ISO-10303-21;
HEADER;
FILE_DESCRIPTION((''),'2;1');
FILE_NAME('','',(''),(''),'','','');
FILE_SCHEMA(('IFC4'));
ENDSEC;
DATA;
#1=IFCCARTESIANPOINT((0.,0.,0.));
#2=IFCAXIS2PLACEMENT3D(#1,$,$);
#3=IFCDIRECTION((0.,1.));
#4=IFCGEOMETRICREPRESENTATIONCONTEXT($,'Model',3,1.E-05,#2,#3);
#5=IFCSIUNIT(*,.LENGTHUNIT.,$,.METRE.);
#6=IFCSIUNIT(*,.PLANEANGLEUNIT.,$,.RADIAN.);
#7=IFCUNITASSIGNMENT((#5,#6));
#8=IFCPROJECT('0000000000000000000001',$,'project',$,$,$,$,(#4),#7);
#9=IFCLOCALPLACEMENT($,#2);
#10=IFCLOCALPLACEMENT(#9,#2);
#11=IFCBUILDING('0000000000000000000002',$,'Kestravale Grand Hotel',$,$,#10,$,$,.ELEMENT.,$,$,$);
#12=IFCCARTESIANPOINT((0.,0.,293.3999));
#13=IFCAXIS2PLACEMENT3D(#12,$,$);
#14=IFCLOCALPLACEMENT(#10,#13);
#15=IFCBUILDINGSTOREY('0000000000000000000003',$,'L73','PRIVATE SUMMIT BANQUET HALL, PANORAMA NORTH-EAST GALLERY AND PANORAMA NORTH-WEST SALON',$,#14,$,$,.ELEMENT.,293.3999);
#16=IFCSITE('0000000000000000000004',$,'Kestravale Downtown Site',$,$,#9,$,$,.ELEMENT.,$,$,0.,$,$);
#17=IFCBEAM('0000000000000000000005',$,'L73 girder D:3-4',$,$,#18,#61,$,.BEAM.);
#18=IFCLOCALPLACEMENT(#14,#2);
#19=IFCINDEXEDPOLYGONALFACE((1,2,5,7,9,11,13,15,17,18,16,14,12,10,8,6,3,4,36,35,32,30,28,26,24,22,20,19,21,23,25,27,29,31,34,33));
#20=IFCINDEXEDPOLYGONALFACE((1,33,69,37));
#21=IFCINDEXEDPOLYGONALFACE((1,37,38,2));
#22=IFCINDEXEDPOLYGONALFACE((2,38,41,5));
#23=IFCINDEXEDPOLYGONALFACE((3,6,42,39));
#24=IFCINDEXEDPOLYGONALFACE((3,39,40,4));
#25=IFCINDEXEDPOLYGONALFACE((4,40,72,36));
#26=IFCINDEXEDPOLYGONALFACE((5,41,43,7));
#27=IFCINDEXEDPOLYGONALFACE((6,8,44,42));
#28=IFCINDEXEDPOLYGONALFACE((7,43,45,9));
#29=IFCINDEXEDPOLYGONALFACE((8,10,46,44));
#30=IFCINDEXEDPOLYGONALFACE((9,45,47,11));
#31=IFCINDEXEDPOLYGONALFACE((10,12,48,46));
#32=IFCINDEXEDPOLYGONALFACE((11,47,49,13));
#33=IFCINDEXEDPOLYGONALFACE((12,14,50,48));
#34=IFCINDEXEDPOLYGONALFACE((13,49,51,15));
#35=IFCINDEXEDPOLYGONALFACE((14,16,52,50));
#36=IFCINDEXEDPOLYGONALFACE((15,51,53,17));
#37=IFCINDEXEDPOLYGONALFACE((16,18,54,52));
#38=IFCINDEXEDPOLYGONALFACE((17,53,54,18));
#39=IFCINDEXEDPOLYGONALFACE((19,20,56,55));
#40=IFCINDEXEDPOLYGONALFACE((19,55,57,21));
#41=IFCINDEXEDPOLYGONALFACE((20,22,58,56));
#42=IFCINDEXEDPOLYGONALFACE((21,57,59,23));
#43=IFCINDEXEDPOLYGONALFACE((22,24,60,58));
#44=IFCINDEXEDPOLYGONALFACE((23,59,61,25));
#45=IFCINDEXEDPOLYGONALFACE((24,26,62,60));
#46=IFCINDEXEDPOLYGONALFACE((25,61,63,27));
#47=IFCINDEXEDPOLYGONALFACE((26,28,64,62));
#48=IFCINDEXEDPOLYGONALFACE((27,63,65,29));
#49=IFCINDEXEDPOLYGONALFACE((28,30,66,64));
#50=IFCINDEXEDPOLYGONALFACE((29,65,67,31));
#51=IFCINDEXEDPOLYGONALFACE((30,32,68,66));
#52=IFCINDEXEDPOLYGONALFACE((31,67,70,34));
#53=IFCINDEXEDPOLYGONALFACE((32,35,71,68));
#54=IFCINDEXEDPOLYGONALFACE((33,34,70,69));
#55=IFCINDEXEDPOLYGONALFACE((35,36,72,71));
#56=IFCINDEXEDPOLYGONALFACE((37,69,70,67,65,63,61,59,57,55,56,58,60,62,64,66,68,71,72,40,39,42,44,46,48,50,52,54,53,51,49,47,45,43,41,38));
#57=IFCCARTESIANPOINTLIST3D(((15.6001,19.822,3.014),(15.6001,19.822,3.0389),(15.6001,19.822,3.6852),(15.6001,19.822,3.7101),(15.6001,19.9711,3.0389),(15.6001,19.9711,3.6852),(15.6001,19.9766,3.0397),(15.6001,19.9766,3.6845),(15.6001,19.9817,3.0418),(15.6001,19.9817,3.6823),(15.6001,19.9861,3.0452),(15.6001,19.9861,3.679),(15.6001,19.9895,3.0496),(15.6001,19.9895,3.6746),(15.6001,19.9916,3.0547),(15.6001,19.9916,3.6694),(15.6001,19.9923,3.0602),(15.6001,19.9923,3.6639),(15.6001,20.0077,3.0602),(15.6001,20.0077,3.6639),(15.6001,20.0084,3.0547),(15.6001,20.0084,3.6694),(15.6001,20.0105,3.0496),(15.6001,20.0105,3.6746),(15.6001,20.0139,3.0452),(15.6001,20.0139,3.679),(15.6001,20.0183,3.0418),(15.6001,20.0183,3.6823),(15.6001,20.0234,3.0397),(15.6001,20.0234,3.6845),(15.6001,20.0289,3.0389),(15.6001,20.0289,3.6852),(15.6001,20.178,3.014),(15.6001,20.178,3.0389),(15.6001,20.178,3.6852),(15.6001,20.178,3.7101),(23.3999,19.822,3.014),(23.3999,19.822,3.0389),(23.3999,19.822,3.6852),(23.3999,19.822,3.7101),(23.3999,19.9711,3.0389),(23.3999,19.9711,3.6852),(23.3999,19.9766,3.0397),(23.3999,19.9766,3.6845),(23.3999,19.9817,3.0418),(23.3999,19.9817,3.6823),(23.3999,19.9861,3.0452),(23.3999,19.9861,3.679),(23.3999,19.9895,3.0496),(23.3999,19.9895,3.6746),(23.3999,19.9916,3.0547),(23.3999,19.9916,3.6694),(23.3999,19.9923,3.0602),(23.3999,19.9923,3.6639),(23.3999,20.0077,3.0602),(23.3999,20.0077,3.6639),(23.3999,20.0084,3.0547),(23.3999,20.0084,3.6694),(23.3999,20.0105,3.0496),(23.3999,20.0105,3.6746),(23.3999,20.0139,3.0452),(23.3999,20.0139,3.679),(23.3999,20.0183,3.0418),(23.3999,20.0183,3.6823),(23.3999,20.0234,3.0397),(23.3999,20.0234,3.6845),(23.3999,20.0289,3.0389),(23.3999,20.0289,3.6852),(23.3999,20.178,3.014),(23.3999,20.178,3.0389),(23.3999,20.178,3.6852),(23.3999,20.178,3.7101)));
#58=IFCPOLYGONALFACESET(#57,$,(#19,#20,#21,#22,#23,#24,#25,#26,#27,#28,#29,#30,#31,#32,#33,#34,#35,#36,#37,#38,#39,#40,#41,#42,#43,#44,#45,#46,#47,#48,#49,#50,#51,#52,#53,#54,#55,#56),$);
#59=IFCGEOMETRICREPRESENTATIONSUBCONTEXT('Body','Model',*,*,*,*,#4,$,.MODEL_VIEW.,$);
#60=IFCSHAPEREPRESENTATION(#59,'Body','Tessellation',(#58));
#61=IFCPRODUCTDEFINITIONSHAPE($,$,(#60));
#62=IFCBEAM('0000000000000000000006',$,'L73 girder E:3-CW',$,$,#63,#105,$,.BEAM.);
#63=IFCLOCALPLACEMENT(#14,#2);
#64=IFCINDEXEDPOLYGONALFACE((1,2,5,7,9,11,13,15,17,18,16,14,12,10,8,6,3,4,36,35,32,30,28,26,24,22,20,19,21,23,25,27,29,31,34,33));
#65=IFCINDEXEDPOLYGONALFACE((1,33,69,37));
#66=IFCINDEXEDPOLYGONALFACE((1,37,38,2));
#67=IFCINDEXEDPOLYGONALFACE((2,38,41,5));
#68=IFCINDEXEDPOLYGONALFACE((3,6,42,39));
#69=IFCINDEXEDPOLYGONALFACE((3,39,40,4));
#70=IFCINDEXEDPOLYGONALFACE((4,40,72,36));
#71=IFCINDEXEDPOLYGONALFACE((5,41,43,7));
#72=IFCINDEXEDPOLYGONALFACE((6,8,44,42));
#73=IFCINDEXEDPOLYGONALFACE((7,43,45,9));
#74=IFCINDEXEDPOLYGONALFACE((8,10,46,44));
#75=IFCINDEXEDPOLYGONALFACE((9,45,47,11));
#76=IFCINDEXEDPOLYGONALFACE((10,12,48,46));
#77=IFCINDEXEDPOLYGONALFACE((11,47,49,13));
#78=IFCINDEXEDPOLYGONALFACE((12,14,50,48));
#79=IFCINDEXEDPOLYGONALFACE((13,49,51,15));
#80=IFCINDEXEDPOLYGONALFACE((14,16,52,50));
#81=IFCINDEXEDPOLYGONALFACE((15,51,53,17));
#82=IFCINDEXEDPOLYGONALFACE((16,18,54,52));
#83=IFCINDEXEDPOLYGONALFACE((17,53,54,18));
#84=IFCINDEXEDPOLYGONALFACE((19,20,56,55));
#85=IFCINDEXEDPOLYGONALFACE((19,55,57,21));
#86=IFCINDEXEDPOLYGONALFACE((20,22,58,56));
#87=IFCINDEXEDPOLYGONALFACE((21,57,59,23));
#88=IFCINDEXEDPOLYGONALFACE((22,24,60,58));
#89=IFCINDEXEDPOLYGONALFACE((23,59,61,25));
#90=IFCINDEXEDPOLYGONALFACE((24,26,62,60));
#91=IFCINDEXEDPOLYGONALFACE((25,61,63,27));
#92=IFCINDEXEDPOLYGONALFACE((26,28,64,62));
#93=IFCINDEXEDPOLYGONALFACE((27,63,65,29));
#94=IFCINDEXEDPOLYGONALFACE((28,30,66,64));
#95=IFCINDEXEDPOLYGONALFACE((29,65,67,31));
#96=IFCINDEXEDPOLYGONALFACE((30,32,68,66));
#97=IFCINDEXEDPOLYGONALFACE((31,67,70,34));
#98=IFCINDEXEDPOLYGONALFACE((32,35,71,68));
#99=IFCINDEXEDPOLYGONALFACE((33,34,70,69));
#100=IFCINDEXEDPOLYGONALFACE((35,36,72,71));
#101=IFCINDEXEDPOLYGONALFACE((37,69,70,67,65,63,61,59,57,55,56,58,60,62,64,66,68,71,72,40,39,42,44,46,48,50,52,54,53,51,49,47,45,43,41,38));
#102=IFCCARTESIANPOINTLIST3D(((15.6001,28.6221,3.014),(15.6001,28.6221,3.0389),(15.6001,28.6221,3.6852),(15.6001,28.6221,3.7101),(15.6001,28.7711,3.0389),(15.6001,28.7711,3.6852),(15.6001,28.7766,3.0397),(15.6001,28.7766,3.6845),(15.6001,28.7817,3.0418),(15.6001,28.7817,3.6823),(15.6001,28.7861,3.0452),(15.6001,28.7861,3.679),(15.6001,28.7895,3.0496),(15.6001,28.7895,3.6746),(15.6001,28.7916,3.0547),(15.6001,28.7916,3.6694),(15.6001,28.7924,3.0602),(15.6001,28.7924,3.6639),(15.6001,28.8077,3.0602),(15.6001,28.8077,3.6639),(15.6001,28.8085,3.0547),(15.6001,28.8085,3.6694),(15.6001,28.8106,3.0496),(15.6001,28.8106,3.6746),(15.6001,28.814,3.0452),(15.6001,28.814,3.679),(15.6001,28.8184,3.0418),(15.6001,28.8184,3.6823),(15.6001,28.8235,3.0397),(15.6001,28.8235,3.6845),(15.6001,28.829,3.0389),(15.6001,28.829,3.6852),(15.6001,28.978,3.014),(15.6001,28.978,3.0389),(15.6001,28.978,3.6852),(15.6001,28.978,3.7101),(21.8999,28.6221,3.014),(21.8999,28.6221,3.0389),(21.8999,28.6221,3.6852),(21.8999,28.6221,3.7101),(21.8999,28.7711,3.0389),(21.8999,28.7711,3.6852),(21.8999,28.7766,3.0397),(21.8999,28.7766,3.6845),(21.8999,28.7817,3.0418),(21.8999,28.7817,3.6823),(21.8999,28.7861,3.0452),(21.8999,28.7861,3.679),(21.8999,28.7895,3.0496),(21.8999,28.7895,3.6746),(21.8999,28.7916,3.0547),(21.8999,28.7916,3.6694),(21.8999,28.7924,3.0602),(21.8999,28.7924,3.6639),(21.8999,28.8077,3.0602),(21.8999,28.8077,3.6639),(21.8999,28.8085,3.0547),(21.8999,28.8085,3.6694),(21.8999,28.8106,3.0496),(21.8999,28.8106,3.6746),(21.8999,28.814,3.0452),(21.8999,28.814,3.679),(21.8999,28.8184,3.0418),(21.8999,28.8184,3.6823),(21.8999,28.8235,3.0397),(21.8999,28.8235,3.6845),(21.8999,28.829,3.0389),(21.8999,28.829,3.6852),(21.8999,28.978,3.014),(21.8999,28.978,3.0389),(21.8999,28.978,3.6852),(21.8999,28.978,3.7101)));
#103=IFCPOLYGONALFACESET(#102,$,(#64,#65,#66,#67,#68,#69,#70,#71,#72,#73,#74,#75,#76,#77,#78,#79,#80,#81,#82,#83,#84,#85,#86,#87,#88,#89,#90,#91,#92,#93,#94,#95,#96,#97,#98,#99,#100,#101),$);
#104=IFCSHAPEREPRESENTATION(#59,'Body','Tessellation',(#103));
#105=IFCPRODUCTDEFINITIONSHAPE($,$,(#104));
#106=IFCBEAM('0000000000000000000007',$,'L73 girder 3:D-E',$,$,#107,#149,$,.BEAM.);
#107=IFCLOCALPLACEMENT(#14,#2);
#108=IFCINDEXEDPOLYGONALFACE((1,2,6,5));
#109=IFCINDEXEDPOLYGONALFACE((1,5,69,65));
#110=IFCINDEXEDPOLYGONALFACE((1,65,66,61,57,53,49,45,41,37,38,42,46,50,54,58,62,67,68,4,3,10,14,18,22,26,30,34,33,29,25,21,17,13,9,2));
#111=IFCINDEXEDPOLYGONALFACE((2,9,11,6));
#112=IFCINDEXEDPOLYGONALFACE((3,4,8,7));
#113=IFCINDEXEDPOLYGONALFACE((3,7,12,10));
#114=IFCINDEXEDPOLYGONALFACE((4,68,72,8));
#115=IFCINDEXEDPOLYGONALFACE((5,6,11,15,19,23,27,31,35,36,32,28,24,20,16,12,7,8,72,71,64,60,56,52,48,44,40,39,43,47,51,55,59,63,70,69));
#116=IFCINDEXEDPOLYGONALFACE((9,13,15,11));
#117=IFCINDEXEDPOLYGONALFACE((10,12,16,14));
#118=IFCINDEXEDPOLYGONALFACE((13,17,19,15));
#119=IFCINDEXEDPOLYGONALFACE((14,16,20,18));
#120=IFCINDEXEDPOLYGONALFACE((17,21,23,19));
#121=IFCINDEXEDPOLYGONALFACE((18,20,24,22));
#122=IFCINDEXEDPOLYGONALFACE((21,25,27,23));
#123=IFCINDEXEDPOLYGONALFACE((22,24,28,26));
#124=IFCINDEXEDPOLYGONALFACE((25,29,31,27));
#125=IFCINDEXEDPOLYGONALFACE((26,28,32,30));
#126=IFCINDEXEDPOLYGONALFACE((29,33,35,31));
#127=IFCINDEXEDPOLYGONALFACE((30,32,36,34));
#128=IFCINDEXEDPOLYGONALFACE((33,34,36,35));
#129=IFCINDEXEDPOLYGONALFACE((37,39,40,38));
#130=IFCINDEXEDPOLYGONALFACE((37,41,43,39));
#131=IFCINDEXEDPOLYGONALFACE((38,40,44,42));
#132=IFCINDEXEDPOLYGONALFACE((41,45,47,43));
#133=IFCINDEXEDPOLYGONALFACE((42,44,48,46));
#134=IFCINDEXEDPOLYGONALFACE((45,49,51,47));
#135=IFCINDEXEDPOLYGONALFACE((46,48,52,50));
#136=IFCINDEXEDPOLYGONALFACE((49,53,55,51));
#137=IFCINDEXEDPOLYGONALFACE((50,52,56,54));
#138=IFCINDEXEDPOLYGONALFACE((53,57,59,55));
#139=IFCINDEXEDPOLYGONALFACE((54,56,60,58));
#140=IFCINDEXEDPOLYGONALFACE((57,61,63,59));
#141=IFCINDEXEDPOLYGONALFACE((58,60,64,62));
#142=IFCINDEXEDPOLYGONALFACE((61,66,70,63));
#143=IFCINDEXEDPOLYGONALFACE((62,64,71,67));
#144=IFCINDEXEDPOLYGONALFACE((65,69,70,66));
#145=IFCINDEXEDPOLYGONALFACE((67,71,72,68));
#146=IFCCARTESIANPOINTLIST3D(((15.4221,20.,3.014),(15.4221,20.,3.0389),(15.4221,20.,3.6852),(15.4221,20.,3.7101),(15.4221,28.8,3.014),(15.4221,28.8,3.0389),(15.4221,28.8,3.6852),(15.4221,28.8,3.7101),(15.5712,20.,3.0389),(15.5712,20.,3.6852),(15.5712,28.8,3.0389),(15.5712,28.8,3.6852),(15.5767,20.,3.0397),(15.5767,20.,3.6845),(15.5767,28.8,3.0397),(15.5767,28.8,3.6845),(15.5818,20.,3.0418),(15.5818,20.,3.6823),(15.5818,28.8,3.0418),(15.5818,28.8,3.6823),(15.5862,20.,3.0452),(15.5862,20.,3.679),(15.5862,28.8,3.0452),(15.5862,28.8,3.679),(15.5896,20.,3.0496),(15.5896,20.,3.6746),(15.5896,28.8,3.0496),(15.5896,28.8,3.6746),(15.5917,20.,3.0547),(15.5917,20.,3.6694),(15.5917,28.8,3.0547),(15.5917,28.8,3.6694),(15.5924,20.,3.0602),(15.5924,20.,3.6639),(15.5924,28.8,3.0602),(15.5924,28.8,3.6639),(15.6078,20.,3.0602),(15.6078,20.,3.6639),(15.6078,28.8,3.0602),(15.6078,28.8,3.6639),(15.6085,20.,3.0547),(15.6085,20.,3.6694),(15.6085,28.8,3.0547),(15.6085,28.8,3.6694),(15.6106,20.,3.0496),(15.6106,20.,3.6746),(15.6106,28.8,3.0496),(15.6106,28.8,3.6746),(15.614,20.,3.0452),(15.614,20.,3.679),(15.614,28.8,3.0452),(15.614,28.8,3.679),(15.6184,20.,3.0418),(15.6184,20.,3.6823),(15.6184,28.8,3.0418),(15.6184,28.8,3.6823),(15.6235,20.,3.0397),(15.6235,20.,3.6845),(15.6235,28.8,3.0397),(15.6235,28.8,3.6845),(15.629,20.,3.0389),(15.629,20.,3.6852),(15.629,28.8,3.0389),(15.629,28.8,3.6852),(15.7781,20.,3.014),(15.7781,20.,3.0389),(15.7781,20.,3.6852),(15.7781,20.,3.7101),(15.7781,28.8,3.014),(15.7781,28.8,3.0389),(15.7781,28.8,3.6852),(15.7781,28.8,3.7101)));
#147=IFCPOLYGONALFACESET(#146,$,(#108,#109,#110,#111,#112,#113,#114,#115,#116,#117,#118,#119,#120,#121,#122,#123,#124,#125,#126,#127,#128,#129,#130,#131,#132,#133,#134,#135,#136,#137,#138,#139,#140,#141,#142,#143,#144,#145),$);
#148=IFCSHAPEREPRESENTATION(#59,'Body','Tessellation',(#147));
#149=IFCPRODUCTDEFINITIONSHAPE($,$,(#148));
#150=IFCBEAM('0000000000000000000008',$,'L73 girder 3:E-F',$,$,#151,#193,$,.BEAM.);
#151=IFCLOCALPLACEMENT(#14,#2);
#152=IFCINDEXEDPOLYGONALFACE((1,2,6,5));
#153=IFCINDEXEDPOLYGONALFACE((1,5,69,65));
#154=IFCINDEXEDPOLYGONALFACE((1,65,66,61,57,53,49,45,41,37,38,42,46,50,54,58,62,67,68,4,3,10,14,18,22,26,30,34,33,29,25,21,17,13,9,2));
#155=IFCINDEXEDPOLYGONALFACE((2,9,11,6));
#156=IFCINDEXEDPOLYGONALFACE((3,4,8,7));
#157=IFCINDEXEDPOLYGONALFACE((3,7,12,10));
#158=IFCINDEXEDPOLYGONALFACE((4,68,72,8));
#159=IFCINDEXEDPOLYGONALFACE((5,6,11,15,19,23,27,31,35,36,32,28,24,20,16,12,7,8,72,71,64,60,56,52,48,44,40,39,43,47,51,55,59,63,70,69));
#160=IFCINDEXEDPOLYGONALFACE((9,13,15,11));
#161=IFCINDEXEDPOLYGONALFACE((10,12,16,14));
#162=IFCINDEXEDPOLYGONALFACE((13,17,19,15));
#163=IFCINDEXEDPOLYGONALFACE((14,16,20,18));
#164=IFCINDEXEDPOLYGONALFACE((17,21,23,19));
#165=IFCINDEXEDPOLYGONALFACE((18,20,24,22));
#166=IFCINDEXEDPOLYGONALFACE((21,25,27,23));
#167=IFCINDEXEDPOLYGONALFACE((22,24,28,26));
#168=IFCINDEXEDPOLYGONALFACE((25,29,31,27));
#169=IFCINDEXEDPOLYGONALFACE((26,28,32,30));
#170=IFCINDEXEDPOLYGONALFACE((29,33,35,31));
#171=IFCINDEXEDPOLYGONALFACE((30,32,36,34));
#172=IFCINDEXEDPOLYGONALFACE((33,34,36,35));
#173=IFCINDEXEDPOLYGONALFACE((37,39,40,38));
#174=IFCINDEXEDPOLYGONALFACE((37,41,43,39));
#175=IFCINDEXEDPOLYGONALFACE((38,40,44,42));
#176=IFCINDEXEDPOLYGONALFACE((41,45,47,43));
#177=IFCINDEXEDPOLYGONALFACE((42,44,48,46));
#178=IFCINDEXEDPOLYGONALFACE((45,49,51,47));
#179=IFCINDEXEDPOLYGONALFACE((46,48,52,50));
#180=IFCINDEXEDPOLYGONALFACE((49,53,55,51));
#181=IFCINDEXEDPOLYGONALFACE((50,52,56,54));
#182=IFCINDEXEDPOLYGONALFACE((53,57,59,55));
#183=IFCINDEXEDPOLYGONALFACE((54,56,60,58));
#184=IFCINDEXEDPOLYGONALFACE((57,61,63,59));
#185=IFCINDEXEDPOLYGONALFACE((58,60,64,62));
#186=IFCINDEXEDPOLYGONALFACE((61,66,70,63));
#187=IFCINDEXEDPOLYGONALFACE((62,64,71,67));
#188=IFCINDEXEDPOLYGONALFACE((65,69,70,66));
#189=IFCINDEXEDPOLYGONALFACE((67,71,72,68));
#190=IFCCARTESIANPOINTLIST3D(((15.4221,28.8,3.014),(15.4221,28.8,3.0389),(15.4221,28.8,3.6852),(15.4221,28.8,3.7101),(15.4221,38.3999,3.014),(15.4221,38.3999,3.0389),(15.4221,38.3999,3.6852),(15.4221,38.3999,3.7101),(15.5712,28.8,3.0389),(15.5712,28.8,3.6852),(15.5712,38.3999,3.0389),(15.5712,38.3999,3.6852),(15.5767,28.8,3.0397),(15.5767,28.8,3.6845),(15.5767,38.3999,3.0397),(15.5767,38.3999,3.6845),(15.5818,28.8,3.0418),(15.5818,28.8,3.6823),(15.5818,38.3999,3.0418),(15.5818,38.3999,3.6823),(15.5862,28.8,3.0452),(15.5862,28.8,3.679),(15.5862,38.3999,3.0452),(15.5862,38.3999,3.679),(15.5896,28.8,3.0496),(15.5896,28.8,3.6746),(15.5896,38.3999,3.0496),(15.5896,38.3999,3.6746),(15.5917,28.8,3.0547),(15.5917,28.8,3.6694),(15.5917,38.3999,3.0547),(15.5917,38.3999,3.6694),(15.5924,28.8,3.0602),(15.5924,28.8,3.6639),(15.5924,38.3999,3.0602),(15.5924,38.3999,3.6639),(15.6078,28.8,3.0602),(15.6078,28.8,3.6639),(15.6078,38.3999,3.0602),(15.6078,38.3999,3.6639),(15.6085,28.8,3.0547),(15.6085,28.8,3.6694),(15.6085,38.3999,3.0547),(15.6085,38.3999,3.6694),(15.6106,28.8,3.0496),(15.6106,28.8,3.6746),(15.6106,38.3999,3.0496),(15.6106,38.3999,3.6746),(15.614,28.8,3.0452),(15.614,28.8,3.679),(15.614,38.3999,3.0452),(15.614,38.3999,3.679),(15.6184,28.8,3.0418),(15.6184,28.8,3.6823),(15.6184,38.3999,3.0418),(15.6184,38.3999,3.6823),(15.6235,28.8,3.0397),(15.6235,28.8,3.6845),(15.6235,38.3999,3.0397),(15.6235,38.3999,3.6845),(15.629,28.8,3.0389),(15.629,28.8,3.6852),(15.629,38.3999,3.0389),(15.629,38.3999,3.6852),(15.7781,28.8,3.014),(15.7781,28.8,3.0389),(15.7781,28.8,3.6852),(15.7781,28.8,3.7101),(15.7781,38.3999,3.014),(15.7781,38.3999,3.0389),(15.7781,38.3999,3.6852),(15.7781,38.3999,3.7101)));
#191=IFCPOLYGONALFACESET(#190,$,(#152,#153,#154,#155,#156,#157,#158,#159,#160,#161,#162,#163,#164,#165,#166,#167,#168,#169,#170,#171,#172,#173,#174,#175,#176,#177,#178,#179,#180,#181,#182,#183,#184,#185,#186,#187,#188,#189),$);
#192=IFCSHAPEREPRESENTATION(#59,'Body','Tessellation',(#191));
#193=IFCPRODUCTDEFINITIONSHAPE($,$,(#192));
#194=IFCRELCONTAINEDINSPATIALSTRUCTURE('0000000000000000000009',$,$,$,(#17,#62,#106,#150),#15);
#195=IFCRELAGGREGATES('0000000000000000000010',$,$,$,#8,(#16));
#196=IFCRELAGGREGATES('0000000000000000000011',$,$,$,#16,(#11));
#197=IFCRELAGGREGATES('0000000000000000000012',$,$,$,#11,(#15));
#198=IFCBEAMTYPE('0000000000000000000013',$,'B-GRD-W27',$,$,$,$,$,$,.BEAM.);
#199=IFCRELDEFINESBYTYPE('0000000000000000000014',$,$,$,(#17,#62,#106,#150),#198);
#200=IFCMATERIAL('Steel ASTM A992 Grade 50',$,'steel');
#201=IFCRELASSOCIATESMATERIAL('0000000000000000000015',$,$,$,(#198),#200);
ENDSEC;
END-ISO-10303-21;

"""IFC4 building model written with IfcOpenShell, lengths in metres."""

from ifc_helpers import new_model, si_unit, direction, frame, origin, origin_2d, place, context, subcontext, project, spatial, i_section, extrude, material, material_profile, profile_set, type_object, element, save


model = new_model("IFC4")

# Units and contexts
model_context = context("Model", 3, precision=1e-05, world=origin(), true_north=direction((0.0, 1.0)))
body_context = subcontext(model_context, "Body", "Model", "MODEL_VIEW")
ifc_project = project(units=[si_unit("LENGTHUNIT", "METRE"), si_unit("PLANEANGLEUNIT", "RADIAN")], contexts=[model_context])

# Site, building, storey
site_placement = place(None, origin())
site = spatial("IfcSite", under=ifc_project, at=site_placement, Name="Kestravale Downtown Site", CompositionType="ELEMENT", RefElevation=0.0)
building_placement = place(site_placement, origin())
building = spatial("IfcBuilding", under=site, at=building_placement, Name="Kestravale Grand Hotel", CompositionType="ELEMENT")
storey_placement = place(building_placement, frame((0.0, 0.0, 293.3999)))
storey = spatial("IfcBuildingStorey", under=building, at=storey_placement, Name="L73", Description="PRIVATE SUMMIT BANQUET HALL, PANORAMA NORTH-EAST GALLERY AND PANORAMA NORTH-WEST SALON", CompositionType="ELEMENT", Elevation=293.3999)

# Beams
ifc_material_1 = material(Name="Steel ASTM A992 Grade 50", Category="steel")
ifc_material_profile_1 = material_profile(ifc_material_1, i_section(OverallWidth=0.356, OverallDepth=0.696, WebThickness=0.0154, FlangeThickness=0.0249, FilletRadius=0.0212, at=origin_2d()))
ifc_profile_set_1 = profile_set([ifc_material_profile_1], Name="Steel ASTM A992 Grade 50")
beam_type_1 = type_object("IfcBeamType", Name="B-GRD-W27", PredefinedType="BEAM", material=ifc_profile_set_1)
beam_1_placement = place(storey_placement, frame((15.6001, 20.0, 3.3621), z_axis=(1.0, 0.0, 0.0), x_axis=(0.0, 1.0, 0.0)))
element("IfcBeam", 1, at=beam_1_placement, inside=storey, type_object=beam_type_1, Name="L73 girder D:3-4", PredefinedType="BEAM", context=body_context, shape_type="SweptSolid", body=[
    extrude(i_section(OverallWidth=0.356, OverallDepth=0.696, WebThickness=0.0154, FlangeThickness=0.0249, FilletRadius=0.0212, at=origin_2d()), origin(), (0.0, 0.0, 1.0), 7.7998),
])
beam_2_placement = place(storey_placement, frame((15.6001, 28.8, 3.3621), z_axis=(1.0, 0.0, 0.0), x_axis=(0.0, 1.0, 0.0)))
element("IfcBeam", 2, at=beam_2_placement, inside=storey, type_object=beam_type_1, Name="L73 girder E:3-CW", PredefinedType="BEAM", context=body_context, shape_type="SweptSolid", body=[
    extrude(i_section(OverallWidth=0.356, OverallDepth=0.696, WebThickness=0.0154, FlangeThickness=0.0249, FilletRadius=0.0212, at=origin_2d()), origin(), (0.0, 0.0, 1.0), 6.2998),
])
beam_3_placement = place(storey_placement, frame((15.6001, 20.0, 3.3621), z_axis=(0.0, 1.0, 0.0), x_axis=(-1.0, 0.0, 0.0)))
element("IfcBeam", 3, at=beam_3_placement, inside=storey, type_object=beam_type_1, Name="L73 girder 3:D-E", PredefinedType="BEAM", context=body_context, shape_type="SweptSolid", body=[
    extrude(i_section(OverallWidth=0.356, OverallDepth=0.696, WebThickness=0.0154, FlangeThickness=0.0249, FilletRadius=0.0212, at=origin_2d()), origin(), (0.0, 0.0, 1.0), 8.8),
])
beam_4_placement = place(storey_placement, frame((15.6001, 28.8, 3.3621), z_axis=(0.0, 1.0, 0.0), x_axis=(-1.0, 0.0, 0.0)))
element("IfcBeam", 4, at=beam_4_placement, inside=storey, type_object=beam_type_1, Name="L73 girder 3:E-F", PredefinedType="BEAM", context=body_context, shape_type="SweptSolid", body=[
    extrude(i_section(OverallWidth=0.356, OverallDepth=0.696, WebThickness=0.0154, FlangeThickness=0.0249, FilletRadius=0.0212, at=origin_2d()), origin(), (0.0, 0.0, 1.0), 9.5999),
])

save(model, "model.ifc")
